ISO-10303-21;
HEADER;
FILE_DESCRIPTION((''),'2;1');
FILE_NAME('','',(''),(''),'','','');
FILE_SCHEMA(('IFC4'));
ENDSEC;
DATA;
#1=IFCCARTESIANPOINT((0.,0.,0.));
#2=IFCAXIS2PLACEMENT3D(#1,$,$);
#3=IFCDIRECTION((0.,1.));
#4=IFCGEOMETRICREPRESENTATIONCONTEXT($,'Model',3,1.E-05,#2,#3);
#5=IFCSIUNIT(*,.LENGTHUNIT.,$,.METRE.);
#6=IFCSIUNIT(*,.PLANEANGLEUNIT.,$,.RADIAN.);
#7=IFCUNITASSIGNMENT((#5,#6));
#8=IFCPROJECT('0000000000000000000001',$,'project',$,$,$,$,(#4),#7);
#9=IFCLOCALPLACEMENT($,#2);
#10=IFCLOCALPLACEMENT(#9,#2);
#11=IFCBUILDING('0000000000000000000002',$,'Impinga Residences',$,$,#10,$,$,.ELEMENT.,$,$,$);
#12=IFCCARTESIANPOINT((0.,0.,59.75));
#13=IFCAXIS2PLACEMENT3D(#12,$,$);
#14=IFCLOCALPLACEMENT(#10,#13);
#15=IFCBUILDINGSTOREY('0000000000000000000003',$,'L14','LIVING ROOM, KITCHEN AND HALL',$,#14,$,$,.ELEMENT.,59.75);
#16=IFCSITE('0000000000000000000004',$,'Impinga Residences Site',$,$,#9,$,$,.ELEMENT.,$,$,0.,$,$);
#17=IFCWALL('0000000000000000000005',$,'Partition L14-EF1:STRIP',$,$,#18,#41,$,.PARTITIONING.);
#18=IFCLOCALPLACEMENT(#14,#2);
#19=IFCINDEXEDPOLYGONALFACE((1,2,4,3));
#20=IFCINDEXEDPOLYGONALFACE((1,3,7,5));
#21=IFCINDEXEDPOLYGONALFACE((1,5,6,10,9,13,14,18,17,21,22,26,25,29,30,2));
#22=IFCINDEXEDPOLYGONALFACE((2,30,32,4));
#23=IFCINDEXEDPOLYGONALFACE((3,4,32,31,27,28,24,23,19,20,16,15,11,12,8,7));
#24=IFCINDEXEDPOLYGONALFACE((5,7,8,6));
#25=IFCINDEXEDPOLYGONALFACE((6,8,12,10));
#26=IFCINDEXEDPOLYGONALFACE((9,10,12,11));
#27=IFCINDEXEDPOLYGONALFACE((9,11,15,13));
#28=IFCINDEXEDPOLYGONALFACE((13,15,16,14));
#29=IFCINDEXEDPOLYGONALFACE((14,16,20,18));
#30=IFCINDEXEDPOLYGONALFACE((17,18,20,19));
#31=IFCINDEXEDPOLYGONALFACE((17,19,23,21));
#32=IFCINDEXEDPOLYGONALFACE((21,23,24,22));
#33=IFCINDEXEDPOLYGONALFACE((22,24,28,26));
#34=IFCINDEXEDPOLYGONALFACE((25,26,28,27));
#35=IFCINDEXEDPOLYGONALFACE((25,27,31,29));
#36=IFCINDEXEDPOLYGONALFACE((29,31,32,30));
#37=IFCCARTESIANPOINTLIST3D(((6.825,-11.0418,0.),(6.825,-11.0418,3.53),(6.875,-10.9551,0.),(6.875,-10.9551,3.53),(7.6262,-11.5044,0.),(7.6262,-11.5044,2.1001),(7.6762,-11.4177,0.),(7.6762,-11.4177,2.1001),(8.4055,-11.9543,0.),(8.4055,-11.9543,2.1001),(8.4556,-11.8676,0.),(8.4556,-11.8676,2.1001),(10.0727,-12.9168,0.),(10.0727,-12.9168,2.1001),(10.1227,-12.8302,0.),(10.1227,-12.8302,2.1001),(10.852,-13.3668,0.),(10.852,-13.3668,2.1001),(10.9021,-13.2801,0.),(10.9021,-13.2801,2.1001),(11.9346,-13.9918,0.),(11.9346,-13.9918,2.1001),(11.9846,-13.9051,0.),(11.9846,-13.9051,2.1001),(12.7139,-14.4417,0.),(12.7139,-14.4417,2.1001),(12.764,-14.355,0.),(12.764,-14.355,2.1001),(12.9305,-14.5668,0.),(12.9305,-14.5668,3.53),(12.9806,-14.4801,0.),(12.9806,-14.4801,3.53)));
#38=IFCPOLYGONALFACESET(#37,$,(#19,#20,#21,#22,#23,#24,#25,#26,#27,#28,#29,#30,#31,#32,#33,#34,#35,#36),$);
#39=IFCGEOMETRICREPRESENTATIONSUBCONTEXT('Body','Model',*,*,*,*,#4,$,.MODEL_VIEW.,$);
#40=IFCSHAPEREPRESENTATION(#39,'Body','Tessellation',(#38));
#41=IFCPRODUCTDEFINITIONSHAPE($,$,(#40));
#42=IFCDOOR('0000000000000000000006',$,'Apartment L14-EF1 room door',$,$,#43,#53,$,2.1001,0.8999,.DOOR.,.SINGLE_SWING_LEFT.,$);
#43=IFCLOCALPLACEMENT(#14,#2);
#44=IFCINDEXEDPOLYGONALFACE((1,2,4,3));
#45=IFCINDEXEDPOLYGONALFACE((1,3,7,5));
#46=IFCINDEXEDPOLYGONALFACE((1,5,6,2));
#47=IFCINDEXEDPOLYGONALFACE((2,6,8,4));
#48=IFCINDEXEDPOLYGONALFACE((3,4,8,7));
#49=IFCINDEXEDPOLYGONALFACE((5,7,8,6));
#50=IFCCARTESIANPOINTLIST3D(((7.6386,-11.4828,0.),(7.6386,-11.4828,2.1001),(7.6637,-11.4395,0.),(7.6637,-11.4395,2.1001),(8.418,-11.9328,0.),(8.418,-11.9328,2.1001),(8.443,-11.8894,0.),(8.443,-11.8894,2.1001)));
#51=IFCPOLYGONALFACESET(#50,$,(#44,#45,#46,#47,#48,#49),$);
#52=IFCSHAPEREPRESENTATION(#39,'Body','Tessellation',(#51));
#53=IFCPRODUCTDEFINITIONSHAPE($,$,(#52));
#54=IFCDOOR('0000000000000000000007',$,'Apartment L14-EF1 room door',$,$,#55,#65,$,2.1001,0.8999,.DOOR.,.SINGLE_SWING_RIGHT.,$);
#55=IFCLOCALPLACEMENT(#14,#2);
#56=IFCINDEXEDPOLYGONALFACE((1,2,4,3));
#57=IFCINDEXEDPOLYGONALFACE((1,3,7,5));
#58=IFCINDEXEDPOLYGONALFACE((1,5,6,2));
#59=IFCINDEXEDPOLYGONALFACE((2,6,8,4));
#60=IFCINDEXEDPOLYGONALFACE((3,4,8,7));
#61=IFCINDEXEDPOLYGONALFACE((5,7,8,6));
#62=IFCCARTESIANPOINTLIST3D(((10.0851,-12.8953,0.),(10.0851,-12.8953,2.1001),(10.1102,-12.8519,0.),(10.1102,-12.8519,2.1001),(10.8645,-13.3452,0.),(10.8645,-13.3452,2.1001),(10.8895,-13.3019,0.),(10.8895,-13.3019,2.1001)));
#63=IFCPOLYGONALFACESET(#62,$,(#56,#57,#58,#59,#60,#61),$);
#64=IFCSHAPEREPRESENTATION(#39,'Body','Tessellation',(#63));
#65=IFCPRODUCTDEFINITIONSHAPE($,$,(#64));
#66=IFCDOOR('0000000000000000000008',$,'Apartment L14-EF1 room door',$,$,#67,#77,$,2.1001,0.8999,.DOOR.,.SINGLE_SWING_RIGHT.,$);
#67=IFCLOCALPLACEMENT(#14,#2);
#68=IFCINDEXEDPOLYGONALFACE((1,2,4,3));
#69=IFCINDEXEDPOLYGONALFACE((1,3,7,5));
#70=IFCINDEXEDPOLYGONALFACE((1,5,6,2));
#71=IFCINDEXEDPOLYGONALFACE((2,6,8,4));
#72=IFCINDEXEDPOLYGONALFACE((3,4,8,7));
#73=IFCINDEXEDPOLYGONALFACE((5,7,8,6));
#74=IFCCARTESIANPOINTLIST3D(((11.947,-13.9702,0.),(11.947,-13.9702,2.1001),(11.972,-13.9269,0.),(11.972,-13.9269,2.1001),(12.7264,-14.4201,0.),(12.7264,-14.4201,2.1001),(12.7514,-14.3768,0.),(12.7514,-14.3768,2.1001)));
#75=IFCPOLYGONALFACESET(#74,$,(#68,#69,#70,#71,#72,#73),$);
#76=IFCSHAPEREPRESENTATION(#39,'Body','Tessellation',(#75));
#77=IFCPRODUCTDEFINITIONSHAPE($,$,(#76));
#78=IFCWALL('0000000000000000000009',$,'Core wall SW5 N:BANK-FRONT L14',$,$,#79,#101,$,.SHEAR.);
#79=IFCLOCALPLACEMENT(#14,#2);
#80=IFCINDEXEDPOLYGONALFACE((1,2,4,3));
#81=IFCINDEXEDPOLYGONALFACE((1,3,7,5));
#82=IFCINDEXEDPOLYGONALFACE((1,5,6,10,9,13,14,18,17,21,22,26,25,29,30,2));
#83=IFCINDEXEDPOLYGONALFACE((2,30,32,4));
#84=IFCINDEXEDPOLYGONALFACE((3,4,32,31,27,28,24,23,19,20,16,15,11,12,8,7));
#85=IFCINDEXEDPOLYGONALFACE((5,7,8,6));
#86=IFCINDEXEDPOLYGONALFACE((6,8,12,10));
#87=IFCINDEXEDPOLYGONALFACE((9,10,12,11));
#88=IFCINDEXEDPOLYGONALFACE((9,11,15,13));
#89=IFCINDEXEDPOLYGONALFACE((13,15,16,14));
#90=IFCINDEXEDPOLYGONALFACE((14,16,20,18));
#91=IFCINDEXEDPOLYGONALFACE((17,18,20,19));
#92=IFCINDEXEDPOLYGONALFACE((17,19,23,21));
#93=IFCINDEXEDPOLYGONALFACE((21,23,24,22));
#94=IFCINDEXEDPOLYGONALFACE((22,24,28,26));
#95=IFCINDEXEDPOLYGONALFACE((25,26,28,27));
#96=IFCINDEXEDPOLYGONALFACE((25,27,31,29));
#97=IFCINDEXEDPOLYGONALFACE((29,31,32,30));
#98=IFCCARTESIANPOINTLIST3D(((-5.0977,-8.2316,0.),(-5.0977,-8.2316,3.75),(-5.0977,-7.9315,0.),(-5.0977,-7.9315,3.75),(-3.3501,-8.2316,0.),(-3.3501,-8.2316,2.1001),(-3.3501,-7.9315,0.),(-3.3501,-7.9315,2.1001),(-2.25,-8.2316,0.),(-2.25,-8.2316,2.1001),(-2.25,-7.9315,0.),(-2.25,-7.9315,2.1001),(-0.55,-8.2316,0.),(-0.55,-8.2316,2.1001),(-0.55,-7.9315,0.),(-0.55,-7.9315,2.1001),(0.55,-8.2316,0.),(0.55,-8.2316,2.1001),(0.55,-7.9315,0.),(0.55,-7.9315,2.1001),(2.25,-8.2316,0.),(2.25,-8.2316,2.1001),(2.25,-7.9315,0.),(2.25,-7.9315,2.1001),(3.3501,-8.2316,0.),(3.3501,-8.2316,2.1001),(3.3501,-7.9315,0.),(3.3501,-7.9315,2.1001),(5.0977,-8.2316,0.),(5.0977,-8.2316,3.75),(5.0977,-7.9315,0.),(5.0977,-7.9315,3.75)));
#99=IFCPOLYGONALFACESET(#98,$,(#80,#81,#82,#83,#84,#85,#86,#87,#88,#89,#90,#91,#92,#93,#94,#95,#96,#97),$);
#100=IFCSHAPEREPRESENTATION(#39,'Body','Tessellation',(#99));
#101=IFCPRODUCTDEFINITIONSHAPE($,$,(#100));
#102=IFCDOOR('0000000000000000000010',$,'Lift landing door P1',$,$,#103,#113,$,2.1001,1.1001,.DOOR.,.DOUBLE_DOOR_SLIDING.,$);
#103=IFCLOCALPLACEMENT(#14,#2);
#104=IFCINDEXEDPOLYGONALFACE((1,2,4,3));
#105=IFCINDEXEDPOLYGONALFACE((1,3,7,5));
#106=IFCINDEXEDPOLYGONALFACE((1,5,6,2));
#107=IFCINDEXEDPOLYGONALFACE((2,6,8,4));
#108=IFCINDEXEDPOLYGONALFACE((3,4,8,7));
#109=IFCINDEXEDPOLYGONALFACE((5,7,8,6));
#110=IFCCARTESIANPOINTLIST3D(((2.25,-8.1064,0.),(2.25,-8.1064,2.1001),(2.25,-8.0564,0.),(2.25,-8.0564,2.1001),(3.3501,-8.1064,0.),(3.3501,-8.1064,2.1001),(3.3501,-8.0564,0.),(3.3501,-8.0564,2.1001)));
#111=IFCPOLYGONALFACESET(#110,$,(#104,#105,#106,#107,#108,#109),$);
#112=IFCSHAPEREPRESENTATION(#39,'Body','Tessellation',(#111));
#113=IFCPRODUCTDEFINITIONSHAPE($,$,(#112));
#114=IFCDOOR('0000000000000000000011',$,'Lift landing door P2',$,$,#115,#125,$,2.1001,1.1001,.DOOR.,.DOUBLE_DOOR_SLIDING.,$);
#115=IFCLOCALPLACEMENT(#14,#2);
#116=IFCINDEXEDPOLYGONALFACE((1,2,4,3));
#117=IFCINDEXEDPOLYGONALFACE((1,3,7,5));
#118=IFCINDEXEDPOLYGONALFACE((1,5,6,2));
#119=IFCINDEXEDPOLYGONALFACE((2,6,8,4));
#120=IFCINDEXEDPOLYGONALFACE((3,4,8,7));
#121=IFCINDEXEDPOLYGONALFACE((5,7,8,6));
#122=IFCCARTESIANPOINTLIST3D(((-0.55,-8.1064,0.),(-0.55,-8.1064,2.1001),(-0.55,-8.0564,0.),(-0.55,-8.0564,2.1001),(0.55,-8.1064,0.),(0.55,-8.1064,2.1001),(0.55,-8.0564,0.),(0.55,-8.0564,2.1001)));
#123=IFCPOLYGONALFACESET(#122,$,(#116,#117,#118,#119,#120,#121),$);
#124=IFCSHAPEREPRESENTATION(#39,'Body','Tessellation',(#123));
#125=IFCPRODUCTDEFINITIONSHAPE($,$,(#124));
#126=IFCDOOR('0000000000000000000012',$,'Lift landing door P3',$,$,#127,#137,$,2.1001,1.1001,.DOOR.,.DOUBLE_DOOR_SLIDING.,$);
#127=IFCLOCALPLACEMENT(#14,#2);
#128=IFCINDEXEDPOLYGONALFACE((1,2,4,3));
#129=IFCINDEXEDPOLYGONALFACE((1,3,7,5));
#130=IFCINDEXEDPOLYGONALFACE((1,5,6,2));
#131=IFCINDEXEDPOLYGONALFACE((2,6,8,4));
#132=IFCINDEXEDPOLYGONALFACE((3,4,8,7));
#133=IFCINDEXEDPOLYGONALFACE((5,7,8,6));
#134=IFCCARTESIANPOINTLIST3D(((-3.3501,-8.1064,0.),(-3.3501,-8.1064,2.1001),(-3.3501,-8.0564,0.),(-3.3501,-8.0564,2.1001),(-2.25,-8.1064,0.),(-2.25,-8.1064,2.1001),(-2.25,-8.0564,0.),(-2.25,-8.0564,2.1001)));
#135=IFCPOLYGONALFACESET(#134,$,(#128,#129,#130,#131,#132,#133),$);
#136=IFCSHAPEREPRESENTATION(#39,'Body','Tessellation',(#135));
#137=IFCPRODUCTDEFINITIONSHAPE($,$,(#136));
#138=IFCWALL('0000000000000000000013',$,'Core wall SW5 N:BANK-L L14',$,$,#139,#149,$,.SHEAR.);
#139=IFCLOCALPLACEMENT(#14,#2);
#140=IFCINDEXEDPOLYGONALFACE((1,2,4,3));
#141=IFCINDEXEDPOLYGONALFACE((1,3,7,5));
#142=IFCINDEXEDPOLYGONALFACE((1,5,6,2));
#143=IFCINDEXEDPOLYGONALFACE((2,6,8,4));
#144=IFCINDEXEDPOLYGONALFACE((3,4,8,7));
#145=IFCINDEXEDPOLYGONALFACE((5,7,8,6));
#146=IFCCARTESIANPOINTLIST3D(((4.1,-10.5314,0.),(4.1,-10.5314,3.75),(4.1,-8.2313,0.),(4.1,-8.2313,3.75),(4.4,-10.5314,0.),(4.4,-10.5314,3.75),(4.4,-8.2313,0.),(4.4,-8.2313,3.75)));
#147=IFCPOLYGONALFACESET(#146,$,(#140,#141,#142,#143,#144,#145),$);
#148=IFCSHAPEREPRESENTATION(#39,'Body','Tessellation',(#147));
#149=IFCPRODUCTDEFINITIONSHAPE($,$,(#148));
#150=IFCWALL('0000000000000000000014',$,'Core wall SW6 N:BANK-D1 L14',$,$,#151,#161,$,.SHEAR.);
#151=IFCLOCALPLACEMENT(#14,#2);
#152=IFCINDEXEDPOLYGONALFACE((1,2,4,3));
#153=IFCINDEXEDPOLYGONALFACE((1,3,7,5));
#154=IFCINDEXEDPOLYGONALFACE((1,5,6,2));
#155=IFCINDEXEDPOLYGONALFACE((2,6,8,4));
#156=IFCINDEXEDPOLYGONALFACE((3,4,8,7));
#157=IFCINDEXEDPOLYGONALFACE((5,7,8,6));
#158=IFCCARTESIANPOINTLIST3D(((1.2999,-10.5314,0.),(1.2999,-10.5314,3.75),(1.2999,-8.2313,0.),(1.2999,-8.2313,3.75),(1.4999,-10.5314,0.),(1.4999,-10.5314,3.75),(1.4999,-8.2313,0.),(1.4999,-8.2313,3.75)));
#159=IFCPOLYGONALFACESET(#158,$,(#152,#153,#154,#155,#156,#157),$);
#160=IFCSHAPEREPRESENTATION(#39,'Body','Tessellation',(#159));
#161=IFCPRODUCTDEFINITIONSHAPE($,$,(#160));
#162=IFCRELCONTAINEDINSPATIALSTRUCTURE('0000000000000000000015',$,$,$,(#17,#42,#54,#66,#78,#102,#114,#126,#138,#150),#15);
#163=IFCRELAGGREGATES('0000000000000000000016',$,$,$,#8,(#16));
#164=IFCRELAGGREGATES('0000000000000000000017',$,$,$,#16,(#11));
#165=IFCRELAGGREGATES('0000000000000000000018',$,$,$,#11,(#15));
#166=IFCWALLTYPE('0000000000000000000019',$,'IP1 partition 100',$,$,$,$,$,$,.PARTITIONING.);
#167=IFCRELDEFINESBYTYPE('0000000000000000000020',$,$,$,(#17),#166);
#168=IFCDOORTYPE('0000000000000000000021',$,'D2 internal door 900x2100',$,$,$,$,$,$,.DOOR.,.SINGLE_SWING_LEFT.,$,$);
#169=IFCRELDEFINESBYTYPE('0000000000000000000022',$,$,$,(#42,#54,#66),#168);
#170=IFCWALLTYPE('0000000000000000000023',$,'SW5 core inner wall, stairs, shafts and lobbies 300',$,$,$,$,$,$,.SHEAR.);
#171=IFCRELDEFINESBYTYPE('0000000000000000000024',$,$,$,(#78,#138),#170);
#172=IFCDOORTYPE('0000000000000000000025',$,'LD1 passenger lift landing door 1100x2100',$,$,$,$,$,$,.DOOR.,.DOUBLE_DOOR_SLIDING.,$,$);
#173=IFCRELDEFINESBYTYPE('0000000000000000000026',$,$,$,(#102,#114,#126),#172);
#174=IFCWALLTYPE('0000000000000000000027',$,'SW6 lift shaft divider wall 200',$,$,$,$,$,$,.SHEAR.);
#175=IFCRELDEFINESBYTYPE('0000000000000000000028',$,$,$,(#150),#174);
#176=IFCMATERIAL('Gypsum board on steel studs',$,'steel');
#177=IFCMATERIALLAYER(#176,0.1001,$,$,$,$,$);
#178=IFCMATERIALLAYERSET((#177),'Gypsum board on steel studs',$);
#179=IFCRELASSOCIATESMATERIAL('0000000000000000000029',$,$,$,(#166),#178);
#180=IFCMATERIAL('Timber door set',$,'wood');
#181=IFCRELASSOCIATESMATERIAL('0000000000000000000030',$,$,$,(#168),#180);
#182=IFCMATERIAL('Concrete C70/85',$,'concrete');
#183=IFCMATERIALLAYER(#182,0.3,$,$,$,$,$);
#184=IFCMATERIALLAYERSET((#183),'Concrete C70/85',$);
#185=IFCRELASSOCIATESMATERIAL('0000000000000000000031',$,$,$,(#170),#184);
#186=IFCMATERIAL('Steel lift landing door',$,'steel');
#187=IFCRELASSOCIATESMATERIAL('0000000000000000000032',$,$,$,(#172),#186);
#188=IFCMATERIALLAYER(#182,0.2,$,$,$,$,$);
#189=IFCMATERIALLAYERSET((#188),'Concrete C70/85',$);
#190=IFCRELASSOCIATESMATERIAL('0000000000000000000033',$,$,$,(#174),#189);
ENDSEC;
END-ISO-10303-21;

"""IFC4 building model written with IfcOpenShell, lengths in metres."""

from ifc_helpers import new_model, si_unit, direction, frame, frame_2d, origin, place, context, subcontext, project, spatial, rectangle, extrude, material, layer, layer_set, type_object, element, fill, save


model = new_model("IFC4")

# Units and contexts
model_context = context("Model", 3, precision=1e-05, world=origin(), true_north=direction((0.0, 1.0)))
body_context = subcontext(model_context, "Body", "Model", "MODEL_VIEW")
ifc_project = project(units=[si_unit("LENGTHUNIT", "METRE"), si_unit("PLANEANGLEUNIT", "RADIAN")], contexts=[model_context])

# Site, building, storey
site_placement = place(None, origin())
site = spatial("IfcSite", under=ifc_project, at=site_placement, Name="Impinga Residences Site", CompositionType="ELEMENT", RefElevation=0.0)
building_placement = place(site_placement, origin())
building = spatial("IfcBuilding", under=site, at=building_placement, Name="Impinga Residences", CompositionType="ELEMENT")
storey_placement = place(building_placement, frame((0.0, 0.0, 59.75)))
storey = spatial("IfcBuildingStorey", under=building, at=storey_placement, Name="L14", Description="LIVING ROOM, KITCHEN AND HALL", CompositionType="ELEMENT", Elevation=59.75)

# Shared definitions
ifc_material_1 = material(Name="Concrete C70/85", Category="concrete")

# Shared definitions
ifc_material_2 = material(Name="Timber door set", Category="wood")

# Shared definitions
ifc_material_3 = material(Name="Gypsum board on steel studs", Category="steel")
ifc_layer_1 = layer(ifc_material_3, 0.1001)
ifc_layer_set_1 = layer_set([ifc_layer_1], Name="Gypsum board on steel studs")
wall_type_1 = type_object("IfcWallType", Name="IP1 partition 100", PredefinedType="PARTITIONING", material=ifc_layer_set_1)

# Walls, openings, doors
wall_1_placement = place(storey_placement, frame((6.8501, -10.9985, 0.0), z_axis=(0.0, 0.0, 1.0), x_axis=(0.866031, -0.49999, 0.0)))
wall_1 = element("IfcWall", 1, at=wall_1_placement, inside=storey, type_object=wall_type_1, Name="Partition L14-EF1:STRIP", PredefinedType="PARTITIONING", context=body_context, shape_type="SweptSolid", body=[
    extrude(rectangle(XDim=7.05, YDim=0.1001, at=frame_2d((3.5249, 0.0))), origin(), (0.0, 0.0, 1.0), 3.53),
])
opening_1_placement = place(wall_1_placement, frame((0.925, 0.0, 0.0)))
opening_1 = element("IfcOpeningElement", 2, at=opening_1_placement, cuts=wall_1, PredefinedType="OPENING", context=body_context, shape_type="SweptSolid", body=[
    extrude(rectangle(XDim=0.8999, YDim=2.1001, at=frame_2d((0.45, 1.05))), frame((0.0, 0.0601, 0.0), z_axis=(0.0, -1.0, 0.0), x_axis=(1.0, 0.0, 0.0)), (0.0, 0.0, 1.0), 0.1201),
])
opening_2_placement = place(wall_1_placement, frame((3.75, 0.0, 0.0)))
opening_2 = element("IfcOpeningElement", 3, at=opening_2_placement, cuts=wall_1, PredefinedType="OPENING", context=body_context, shape_type="SweptSolid", body=[
    extrude(rectangle(XDim=0.8999, YDim=2.1001, at=frame_2d((0.45, 1.05))), frame((0.0, 0.0601, 0.0), z_axis=(0.0, -1.0, 0.0), x_axis=(1.0, 0.0, 0.0)), (0.0, 0.0, 1.0), 0.1201),
])
opening_3_placement = place(wall_1_placement, frame((5.8999, 0.0, 0.0)))
opening_3 = element("IfcOpeningElement", 4, at=opening_3_placement, cuts=wall_1, PredefinedType="OPENING", context=body_context, shape_type="SweptSolid", body=[
    extrude(rectangle(XDim=0.8999, YDim=2.1001, at=frame_2d((0.45, 1.05))), frame((0.0, 0.0601, 0.0), z_axis=(0.0, -1.0, 0.0), x_axis=(1.0, 0.0, 0.0)), (0.0, 0.0, 1.0), 0.1201),
])
door_type_1 = type_object("IfcDoorType", Name="D2 internal door 900x2100", OperationType="SINGLE_SWING_LEFT", PredefinedType="DOOR", material=ifc_material_2)
door_1_placement = place(opening_1_placement, origin())
door_1 = element("IfcDoor", 5, at=door_1_placement, inside=storey, type_object=door_type_1, Name="Apartment L14-EF1 room door", OperationType="SINGLE_SWING_LEFT", OverallHeight=2.1001, OverallWidth=0.8999, PredefinedType="DOOR", context=body_context, shape_type="SweptSolid", body=[
    extrude(rectangle(XDim=0.8999, YDim=2.1001, at=frame_2d((0.45, 1.05))), frame((0.0, 0.0249, 0.0), z_axis=(0.0, -1.0, 0.0), x_axis=(1.0, 0.0, 0.0)), (0.0, 0.0, 1.0), 0.05),
])
fill(opening_1, door_1)
door_2_placement = place(opening_2_placement, origin())
door_2 = element("IfcDoor", 6, at=door_2_placement, inside=storey, type_object=door_type_1, Name="Apartment L14-EF1 room door", OperationType="SINGLE_SWING_RIGHT", OverallHeight=2.1001, OverallWidth=0.8999, PredefinedType="DOOR", context=body_context, shape_type="SweptSolid", body=[
    extrude(rectangle(XDim=0.8999, YDim=2.1001, at=frame_2d((0.45, 1.05))), frame((0.0, 0.0249, 0.0), z_axis=(0.0, -1.0, 0.0), x_axis=(1.0, 0.0, 0.0)), (0.0, 0.0, 1.0), 0.05),
])
fill(opening_2, door_2)
door_3_placement = place(opening_3_placement, origin())
door_3 = element("IfcDoor", 7, at=door_3_placement, inside=storey, type_object=door_type_1, Name="Apartment L14-EF1 room door", OperationType="SINGLE_SWING_RIGHT", OverallHeight=2.1001, OverallWidth=0.8999, PredefinedType="DOOR", context=body_context, shape_type="SweptSolid", body=[
    extrude(rectangle(XDim=0.8999, YDim=2.1001, at=frame_2d((0.45, 1.05))), frame((0.0, 0.0249, 0.0), z_axis=(0.0, -1.0, 0.0), x_axis=(1.0, 0.0, 0.0)), (0.0, 0.0, 1.0), 0.05),
])
fill(opening_3, door_3)
ifc_layer_2 = layer(ifc_material_1, 0.3)
ifc_layer_set_2 = layer_set([ifc_layer_2], Name="Concrete C70/85")
wall_type_2 = type_object("IfcWallType", Name="SW5 core inner wall, stairs, shafts and lobbies 300", PredefinedType="SHEAR", material=ifc_layer_set_2)
wall_2_placement = place(storey_placement, frame((5.0977, -8.0815, 0.0), z_axis=(0.0, 0.0, 1.0), x_axis=(-1.0, 0.0, 0.0)))
wall_2 = element("IfcWall", 8, at=wall_2_placement, inside=storey, type_object=wall_type_2, Name="Core wall SW5 N:BANK-FRONT L14", PredefinedType="SHEAR", context=body_context, shape_type="SweptSolid", body=[
    extrude(rectangle(XDim=10.1953, YDim=0.3, at=frame_2d((5.0977, 0.0))), origin(), (0.0, 0.0, 1.0), 3.75),
])
opening_4_placement = place(wall_2_placement, frame((1.7476, 0.0, 0.0)))
opening_4 = element("IfcOpeningElement", 9, at=opening_4_placement, cuts=wall_2, PredefinedType="OPENING", context=body_context, shape_type="SweptSolid", body=[
    extrude(rectangle(XDim=1.1001, YDim=2.1001, at=frame_2d((0.55, 1.05))), frame((0.0, 0.1599, 0.0), z_axis=(0.0, -1.0, 0.0), x_axis=(1.0, 0.0, 0.0)), (0.0, 0.0, 1.0), 0.3201),
])
opening_5_placement = place(wall_2_placement, frame((4.5476, 0.0, 0.0)))
opening_5 = element("IfcOpeningElement", 10, at=opening_5_placement, cuts=wall_2, PredefinedType="OPENING", context=body_context, shape_type="SweptSolid", body=[
    extrude(rectangle(XDim=1.1001, YDim=2.1001, at=frame_2d((0.55, 1.05))), frame((0.0, 0.1599, 0.0), z_axis=(0.0, -1.0, 0.0), x_axis=(1.0, 0.0, 0.0)), (0.0, 0.0, 1.0), 0.3201),
])
opening_6_placement = place(wall_2_placement, frame((7.3477, 0.0, 0.0)))
opening_6 = element("IfcOpeningElement", 11, at=opening_6_placement, cuts=wall_2, PredefinedType="OPENING", context=body_context, shape_type="SweptSolid", body=[
    extrude(rectangle(XDim=1.1001, YDim=2.1001, at=frame_2d((0.55, 1.05))), frame((0.0, 0.1599, 0.0), z_axis=(0.0, -1.0, 0.0), x_axis=(1.0, 0.0, 0.0)), (0.0, 0.0, 1.0), 0.3201),
])
ifc_material_4 = material(Name="Steel lift landing door", Category="steel")
door_type_2 = type_object("IfcDoorType", Name="LD1 passenger lift landing door 1100x2100", OperationType="DOUBLE_DOOR_SLIDING", PredefinedType="DOOR", material=ifc_material_4)
door_4_placement = place(opening_4_placement, origin())
door_4 = element("IfcDoor", 12, at=door_4_placement, inside=storey, type_object=door_type_2, Name="Lift landing door P1", OperationType="DOUBLE_DOOR_SLIDING", OverallHeight=2.1001, OverallWidth=1.1001, PredefinedType="DOOR", context=body_context, shape_type="SweptSolid", body=[
    extrude(rectangle(XDim=1.1001, YDim=2.1001, at=frame_2d((0.55, 1.05))), frame((0.0, 0.0249, 0.0), z_axis=(0.0, -1.0, 0.0), x_axis=(1.0, 0.0, 0.0)), (0.0, 0.0, 1.0), 0.05),
])
fill(opening_4, door_4)
door_5_placement = place(opening_5_placement, origin())
door_5 = element("IfcDoor", 13, at=door_5_placement, inside=storey, type_object=door_type_2, Name="Lift landing door P2", OperationType="DOUBLE_DOOR_SLIDING", OverallHeight=2.1001, OverallWidth=1.1001, PredefinedType="DOOR", context=body_context, shape_type="SweptSolid", body=[
    extrude(rectangle(XDim=1.1001, YDim=2.1001, at=frame_2d((0.55, 1.05))), frame((0.0, 0.0249, 0.0), z_axis=(0.0, -1.0, 0.0), x_axis=(1.0, 0.0, 0.0)), (0.0, 0.0, 1.0), 0.05),
])
fill(opening_5, door_5)
door_6_placement = place(opening_6_placement, origin())
door_6 = element("IfcDoor", 14, at=door_6_placement, inside=storey, type_object=door_type_2, Name="Lift landing door P3", OperationType="DOUBLE_DOOR_SLIDING", OverallHeight=2.1001, OverallWidth=1.1001, PredefinedType="DOOR", context=body_context, shape_type="SweptSolid", body=[
    extrude(rectangle(XDim=1.1001, YDim=2.1001, at=frame_2d((0.55, 1.05))), frame((0.0, 0.0249, 0.0), z_axis=(0.0, -1.0, 0.0), x_axis=(1.0, 0.0, 0.0)), (0.0, 0.0, 1.0), 0.05),
])
fill(opening_6, door_6)

# Walls
wall_3_placement = place(storey_placement, frame((4.25, -8.2314, 0.0), z_axis=(0.0, 0.0, 1.0), x_axis=(0.0, -1.0, 0.0)))
element("IfcWall", 15, at=wall_3_placement, inside=storey, type_object=wall_type_2, Name="Core wall SW5 N:BANK-L L14", PredefinedType="SHEAR", context=body_context, shape_type="SweptSolid", body=[
    extrude(rectangle(XDim=2.3, YDim=0.3, at=frame_2d((1.1499, 0.0))), origin(), (0.0, 0.0, 1.0), 3.75),
])
ifc_layer_3 = layer(ifc_material_1, 0.2)
ifc_layer_set_3 = layer_set([ifc_layer_3], Name="Concrete C70/85")
wall_type_3 = type_object("IfcWallType", Name="SW6 lift shaft divider wall 200", PredefinedType="SHEAR", material=ifc_layer_set_3)
wall_4_placement = place(storey_placement, frame((1.3999, -8.2314, 0.0), z_axis=(0.0, 0.0, 1.0), x_axis=(0.0, -1.0, 0.0)))
element("IfcWall", 16, at=wall_4_placement, inside=storey, type_object=wall_type_3, Name="Core wall SW6 N:BANK-D1 L14", PredefinedType="SHEAR", context=body_context, shape_type="SweptSolid", body=[
    extrude(rectangle(XDim=2.3, YDim=0.2, at=frame_2d((1.1499, 0.0))), origin(), (0.0, 0.0, 1.0), 3.75),
])

save(model, "model.ifc")
